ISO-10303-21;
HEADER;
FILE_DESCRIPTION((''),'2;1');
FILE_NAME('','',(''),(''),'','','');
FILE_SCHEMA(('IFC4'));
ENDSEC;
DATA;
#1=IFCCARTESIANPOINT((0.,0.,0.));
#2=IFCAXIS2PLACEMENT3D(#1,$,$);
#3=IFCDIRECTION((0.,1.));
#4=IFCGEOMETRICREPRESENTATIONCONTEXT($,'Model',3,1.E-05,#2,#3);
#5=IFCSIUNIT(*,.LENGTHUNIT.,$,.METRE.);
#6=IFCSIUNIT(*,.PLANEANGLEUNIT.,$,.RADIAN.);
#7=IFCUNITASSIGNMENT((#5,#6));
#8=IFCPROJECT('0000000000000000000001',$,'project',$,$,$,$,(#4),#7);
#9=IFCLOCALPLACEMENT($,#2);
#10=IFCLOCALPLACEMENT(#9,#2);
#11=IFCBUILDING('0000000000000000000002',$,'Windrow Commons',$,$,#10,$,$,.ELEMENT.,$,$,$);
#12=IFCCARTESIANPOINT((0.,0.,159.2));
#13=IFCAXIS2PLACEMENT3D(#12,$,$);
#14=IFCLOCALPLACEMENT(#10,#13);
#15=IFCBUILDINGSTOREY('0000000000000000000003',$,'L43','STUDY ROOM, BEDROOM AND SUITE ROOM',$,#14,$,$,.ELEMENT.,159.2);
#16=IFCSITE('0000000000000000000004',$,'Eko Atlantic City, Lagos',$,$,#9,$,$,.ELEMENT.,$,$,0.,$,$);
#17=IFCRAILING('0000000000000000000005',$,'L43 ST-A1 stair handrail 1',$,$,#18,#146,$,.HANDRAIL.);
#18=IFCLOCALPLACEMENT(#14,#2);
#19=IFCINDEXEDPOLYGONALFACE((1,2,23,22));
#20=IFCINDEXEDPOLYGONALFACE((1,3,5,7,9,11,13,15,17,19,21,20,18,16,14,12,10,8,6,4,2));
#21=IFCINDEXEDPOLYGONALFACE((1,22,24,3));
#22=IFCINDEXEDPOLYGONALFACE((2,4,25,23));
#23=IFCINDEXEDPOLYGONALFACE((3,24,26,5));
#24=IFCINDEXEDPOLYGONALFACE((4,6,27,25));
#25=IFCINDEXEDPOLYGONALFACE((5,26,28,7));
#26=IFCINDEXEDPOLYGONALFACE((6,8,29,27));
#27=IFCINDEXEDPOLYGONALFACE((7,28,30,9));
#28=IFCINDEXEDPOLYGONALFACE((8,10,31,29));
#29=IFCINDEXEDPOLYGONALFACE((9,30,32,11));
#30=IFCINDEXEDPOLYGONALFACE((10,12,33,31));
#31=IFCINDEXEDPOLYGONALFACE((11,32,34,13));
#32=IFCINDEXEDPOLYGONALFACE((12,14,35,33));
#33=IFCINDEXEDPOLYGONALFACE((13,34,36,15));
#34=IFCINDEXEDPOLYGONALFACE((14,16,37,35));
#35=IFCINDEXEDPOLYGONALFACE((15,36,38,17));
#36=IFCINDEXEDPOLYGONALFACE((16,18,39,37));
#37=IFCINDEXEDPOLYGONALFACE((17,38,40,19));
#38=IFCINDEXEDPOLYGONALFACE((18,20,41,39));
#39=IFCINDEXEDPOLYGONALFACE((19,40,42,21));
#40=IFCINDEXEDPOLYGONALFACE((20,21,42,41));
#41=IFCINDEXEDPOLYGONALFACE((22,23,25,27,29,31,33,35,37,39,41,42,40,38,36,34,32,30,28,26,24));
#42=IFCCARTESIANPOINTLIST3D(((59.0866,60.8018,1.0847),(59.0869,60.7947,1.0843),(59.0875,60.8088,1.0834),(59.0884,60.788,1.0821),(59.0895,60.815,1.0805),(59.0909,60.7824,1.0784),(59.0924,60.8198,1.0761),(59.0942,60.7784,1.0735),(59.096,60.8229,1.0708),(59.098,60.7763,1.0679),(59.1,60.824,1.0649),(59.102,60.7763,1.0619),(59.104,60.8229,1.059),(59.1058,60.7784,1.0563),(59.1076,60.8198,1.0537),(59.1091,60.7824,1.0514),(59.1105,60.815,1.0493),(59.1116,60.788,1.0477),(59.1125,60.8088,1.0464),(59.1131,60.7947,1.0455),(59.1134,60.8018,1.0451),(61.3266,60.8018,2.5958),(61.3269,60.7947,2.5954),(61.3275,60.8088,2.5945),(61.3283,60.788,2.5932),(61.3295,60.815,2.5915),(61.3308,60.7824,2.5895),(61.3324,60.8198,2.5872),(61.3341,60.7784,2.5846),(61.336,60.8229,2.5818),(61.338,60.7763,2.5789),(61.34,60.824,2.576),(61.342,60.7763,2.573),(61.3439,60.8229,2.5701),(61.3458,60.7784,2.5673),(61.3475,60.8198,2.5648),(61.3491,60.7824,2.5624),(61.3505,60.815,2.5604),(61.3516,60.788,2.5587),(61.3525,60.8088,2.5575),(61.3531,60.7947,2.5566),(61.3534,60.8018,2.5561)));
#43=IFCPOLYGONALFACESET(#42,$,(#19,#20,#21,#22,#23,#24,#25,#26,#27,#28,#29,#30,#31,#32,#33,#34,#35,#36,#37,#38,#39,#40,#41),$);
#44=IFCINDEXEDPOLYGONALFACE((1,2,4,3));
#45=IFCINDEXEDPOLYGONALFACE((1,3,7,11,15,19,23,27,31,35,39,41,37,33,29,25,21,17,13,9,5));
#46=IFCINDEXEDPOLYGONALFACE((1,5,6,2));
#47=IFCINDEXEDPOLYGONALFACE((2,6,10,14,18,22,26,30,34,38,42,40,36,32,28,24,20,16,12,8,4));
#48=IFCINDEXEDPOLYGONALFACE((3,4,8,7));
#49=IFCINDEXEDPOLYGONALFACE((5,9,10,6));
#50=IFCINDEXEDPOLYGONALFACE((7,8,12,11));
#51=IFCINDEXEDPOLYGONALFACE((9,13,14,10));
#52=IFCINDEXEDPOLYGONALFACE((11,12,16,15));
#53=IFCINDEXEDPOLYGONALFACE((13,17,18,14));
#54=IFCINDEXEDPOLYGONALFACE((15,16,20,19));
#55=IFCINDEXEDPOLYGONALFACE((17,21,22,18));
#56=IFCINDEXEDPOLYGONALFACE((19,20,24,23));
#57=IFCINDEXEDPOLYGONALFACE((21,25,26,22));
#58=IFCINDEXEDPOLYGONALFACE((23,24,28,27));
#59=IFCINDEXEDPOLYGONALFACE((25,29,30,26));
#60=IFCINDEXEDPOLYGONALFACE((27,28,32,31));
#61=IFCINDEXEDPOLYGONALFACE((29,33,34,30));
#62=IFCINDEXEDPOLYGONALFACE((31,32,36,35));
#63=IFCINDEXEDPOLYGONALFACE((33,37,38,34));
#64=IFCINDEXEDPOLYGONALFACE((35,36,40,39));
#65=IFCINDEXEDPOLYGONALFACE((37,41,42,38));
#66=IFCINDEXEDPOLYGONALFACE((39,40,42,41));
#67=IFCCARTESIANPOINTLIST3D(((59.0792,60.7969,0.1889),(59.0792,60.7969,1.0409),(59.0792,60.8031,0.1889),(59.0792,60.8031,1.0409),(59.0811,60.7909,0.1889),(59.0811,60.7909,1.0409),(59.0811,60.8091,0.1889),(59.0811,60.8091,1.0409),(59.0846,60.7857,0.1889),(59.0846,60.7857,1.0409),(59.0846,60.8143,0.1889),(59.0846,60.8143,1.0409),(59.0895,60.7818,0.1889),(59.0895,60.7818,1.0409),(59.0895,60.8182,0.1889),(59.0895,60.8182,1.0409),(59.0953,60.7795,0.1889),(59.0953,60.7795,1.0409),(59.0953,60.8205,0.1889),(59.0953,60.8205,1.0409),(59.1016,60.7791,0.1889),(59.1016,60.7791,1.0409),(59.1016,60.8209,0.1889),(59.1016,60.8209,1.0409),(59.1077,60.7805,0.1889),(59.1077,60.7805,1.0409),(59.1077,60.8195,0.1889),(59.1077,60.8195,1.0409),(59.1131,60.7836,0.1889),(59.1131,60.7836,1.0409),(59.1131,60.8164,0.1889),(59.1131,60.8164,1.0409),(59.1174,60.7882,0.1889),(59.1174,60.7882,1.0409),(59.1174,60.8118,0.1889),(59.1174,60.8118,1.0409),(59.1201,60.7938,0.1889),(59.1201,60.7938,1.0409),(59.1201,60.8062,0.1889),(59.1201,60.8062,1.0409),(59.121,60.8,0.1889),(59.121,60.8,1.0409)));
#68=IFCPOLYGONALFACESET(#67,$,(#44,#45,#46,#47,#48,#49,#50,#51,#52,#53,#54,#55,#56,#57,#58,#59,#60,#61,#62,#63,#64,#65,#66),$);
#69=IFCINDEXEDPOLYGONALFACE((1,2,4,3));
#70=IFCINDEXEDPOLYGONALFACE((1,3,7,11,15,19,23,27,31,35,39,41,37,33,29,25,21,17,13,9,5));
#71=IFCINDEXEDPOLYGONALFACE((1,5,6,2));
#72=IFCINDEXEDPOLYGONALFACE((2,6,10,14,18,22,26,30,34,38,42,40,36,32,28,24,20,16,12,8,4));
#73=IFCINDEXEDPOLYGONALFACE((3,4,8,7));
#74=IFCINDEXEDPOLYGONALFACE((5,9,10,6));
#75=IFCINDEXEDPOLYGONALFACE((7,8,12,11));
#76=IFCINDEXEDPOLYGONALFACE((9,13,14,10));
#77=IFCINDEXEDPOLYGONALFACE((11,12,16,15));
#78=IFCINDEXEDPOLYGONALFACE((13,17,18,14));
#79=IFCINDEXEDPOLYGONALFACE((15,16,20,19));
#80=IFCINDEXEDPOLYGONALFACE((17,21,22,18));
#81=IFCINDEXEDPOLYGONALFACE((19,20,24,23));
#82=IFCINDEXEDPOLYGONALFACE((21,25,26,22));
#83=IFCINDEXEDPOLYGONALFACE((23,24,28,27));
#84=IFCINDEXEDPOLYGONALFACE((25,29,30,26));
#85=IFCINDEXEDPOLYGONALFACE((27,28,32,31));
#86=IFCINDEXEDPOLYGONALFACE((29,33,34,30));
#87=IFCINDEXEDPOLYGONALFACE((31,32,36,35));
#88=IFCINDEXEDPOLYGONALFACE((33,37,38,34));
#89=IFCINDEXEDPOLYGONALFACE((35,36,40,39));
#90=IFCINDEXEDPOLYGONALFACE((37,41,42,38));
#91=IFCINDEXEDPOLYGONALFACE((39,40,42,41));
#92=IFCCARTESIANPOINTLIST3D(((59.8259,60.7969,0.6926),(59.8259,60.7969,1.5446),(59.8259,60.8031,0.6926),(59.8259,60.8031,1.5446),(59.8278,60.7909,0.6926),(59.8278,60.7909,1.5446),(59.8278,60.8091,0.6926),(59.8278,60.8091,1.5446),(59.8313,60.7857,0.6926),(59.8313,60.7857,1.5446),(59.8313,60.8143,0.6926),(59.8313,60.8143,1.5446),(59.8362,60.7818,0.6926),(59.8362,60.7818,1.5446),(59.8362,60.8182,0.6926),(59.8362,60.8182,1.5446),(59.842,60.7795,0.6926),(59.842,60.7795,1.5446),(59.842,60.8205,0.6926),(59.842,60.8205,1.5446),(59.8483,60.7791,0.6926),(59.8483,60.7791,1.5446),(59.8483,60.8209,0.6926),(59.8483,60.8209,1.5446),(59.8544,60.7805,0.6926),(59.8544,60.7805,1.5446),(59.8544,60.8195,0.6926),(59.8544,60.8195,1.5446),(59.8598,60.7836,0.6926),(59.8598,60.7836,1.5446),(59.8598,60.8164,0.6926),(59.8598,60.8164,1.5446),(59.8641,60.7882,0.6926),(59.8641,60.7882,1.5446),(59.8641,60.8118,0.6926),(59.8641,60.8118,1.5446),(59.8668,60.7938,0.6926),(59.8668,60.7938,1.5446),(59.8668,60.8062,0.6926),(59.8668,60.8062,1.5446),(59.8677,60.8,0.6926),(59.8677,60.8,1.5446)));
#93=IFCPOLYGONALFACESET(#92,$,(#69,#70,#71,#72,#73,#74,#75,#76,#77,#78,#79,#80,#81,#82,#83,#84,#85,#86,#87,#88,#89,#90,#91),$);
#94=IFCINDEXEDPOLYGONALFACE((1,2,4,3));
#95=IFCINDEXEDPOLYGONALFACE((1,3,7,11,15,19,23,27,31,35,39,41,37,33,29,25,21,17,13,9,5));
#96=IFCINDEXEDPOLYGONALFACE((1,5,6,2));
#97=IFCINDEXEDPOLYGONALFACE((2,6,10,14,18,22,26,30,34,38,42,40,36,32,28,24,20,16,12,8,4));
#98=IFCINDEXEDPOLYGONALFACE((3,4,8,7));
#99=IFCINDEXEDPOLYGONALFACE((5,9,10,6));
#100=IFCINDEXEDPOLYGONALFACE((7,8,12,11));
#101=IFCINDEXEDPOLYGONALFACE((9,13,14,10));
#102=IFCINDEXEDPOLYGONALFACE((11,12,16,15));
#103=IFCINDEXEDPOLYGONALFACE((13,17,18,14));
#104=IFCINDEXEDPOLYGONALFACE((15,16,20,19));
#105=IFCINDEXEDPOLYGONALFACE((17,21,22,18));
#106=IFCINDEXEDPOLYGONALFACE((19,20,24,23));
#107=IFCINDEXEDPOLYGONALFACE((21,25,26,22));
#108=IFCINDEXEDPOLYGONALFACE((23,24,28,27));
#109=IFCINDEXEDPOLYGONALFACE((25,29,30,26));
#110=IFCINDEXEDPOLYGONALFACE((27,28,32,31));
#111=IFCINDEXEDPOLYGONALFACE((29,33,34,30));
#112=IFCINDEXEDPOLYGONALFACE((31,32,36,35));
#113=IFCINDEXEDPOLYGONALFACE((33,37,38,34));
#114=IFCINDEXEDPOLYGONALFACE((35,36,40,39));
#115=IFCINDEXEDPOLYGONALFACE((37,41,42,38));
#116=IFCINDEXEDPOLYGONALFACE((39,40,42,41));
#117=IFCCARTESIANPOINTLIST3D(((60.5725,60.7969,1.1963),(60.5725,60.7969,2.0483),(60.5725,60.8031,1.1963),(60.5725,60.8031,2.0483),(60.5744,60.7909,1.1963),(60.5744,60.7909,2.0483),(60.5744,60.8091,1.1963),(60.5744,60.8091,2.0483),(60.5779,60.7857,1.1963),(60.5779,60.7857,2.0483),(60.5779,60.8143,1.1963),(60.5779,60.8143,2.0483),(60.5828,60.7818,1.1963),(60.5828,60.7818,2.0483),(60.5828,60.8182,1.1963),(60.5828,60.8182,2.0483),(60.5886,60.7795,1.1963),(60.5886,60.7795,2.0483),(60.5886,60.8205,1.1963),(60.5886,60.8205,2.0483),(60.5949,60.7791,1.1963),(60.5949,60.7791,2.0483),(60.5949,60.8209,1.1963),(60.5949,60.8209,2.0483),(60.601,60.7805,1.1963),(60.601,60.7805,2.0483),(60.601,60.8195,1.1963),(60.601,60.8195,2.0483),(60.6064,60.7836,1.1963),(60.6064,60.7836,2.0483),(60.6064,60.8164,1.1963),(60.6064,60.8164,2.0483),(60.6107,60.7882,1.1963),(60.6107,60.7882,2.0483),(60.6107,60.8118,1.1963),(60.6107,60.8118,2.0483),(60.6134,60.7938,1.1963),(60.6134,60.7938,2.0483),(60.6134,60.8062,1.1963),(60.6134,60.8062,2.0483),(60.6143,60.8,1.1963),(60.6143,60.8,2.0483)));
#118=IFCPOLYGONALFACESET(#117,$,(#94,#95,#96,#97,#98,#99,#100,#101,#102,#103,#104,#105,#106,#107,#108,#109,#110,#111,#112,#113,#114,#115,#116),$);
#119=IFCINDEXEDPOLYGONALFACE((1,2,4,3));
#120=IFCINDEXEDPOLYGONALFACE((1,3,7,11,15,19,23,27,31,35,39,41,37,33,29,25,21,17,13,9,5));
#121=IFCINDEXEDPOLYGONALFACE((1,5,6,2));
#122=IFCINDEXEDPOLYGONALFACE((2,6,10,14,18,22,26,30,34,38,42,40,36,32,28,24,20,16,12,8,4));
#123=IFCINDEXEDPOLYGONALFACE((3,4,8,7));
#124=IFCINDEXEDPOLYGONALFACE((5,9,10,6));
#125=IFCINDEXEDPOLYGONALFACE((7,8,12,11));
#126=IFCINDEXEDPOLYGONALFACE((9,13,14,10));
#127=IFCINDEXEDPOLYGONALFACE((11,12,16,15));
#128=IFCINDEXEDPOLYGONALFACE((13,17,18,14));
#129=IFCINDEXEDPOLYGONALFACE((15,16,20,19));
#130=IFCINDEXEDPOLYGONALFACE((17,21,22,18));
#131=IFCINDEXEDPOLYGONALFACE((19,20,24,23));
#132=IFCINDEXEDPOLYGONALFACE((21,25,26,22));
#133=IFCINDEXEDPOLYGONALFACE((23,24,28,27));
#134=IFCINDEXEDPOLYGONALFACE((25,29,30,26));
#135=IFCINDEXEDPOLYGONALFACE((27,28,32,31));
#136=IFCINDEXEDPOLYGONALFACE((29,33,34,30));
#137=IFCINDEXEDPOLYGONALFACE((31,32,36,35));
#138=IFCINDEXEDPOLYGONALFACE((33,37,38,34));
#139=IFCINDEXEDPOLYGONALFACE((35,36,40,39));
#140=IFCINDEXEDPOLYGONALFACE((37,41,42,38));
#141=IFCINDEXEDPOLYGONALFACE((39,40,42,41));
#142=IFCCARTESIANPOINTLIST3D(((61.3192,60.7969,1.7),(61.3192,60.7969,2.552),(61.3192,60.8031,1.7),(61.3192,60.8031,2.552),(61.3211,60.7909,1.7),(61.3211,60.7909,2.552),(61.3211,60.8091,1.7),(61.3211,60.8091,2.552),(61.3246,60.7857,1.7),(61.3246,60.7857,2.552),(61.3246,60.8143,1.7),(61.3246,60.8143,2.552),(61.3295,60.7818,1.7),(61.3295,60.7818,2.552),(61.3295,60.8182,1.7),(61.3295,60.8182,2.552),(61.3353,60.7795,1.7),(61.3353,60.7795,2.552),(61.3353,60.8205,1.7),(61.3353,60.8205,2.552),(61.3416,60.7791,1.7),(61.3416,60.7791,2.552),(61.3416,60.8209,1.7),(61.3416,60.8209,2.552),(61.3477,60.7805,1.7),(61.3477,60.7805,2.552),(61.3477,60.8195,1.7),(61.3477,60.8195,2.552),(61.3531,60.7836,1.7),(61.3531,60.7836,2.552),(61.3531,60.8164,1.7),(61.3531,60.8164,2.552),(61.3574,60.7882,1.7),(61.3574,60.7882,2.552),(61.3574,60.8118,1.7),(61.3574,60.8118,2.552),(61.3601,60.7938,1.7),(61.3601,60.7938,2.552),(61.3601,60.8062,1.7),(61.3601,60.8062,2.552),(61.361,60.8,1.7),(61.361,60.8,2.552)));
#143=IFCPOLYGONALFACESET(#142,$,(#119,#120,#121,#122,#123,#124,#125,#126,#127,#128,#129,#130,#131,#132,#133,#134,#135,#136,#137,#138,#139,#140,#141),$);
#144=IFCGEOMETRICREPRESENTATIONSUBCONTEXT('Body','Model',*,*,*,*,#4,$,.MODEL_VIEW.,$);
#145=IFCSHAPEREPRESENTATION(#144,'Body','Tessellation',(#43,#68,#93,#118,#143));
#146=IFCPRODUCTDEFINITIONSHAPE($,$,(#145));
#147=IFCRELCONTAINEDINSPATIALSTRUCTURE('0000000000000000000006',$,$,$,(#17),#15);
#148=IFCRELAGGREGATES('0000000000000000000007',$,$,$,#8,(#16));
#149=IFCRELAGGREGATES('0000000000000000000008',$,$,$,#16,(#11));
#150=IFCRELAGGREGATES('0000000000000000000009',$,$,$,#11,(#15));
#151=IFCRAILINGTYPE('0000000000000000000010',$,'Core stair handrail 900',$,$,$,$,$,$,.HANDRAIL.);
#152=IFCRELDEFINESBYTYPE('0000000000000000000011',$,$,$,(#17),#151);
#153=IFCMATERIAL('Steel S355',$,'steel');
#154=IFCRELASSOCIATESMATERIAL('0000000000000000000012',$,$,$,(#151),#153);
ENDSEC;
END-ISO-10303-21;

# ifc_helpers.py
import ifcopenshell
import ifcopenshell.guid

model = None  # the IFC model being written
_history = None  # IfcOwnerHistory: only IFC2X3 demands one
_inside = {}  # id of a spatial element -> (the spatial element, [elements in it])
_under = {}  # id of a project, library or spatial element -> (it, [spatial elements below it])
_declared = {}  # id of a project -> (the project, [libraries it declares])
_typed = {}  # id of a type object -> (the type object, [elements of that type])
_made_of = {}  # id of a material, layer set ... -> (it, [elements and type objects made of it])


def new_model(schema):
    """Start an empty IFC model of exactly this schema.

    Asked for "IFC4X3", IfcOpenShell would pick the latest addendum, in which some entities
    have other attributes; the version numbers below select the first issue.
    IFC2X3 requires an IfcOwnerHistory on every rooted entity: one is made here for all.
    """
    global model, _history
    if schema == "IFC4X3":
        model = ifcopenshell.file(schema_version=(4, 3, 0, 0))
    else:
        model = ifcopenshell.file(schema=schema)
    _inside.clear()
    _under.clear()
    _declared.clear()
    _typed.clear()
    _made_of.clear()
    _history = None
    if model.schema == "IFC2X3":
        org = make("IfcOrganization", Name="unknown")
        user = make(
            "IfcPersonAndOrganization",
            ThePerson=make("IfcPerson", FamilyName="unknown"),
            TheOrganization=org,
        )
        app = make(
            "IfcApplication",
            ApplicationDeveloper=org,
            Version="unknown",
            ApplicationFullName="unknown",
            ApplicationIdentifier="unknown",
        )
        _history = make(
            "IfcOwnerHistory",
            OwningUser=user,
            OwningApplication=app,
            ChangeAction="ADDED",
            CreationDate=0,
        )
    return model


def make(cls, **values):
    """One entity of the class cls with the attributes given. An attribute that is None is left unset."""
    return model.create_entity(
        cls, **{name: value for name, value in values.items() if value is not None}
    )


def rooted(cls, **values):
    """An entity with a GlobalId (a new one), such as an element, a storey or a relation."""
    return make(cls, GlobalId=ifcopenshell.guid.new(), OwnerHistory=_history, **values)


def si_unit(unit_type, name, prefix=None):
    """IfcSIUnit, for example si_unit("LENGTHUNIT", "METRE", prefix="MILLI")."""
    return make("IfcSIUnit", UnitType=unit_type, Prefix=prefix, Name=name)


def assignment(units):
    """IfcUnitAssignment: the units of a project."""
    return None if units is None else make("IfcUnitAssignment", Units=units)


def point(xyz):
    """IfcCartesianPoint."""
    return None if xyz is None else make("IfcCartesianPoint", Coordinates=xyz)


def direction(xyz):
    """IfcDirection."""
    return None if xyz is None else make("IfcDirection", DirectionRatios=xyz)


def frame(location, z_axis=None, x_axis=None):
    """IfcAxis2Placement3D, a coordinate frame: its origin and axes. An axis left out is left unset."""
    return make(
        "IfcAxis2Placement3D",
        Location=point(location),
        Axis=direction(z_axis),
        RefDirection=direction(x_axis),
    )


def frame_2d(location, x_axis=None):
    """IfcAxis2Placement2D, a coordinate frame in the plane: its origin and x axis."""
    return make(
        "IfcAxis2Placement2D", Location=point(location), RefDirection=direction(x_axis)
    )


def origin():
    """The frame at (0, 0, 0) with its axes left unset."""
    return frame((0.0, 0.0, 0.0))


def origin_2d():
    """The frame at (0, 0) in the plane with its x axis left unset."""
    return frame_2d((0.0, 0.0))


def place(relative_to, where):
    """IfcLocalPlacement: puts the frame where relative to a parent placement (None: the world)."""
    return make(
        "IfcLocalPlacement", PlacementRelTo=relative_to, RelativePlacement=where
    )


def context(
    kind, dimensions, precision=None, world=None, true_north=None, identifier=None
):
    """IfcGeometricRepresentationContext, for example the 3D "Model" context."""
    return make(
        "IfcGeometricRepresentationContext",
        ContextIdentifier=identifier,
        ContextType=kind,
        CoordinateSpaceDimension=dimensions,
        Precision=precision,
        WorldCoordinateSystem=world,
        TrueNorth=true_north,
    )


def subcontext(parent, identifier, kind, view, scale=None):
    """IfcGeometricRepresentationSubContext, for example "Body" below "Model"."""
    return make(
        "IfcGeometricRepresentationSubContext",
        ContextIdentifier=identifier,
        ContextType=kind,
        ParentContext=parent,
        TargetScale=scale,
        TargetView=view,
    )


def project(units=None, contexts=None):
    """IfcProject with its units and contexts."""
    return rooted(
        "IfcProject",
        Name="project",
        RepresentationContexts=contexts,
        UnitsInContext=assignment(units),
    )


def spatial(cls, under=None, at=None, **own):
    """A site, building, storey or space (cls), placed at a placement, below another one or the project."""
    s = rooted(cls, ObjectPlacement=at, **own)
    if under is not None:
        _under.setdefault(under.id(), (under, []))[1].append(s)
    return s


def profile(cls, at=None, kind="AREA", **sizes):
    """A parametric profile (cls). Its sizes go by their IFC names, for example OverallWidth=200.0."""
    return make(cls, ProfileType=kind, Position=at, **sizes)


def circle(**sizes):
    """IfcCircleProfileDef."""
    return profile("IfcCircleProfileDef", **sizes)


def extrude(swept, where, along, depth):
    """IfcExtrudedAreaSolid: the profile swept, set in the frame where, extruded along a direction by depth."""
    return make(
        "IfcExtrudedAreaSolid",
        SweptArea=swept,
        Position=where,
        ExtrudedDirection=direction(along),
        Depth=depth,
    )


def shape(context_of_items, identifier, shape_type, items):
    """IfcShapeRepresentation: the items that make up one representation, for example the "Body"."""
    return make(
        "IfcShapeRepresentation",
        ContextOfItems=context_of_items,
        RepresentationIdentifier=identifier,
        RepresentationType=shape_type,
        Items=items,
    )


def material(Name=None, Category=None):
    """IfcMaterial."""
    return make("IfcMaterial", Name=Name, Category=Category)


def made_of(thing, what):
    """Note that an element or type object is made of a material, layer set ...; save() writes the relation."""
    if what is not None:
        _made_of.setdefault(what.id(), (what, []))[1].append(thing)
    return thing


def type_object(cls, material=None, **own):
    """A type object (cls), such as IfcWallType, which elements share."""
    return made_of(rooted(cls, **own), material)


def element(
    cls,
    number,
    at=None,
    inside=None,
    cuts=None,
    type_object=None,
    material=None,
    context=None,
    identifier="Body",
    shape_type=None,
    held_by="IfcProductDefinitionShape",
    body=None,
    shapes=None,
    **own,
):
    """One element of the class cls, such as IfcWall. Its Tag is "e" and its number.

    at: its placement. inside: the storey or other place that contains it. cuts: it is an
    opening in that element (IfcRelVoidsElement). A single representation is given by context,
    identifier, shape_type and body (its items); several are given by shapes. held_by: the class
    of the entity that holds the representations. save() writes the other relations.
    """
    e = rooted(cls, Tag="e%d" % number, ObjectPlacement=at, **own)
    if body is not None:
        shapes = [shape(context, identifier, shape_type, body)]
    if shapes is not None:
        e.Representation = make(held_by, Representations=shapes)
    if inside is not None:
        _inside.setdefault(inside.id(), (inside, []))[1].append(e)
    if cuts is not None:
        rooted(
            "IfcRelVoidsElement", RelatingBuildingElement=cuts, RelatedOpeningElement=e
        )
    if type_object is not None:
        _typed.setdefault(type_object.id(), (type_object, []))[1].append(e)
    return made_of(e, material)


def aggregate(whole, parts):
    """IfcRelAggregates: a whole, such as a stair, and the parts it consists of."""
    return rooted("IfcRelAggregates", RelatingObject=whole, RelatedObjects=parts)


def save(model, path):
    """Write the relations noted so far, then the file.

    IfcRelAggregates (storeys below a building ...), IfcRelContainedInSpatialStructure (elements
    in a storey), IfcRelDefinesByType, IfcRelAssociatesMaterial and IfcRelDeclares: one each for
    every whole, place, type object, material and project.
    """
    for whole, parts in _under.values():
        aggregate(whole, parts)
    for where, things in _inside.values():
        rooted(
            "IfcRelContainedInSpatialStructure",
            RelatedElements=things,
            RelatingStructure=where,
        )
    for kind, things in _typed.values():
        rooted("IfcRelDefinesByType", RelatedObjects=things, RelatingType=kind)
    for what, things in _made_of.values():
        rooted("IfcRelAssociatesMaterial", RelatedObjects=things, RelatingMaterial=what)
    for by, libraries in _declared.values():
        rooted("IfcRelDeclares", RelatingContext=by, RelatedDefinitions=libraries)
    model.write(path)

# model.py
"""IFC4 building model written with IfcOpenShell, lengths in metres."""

from ifc_helpers import new_model, si_unit, direction, frame, origin, origin_2d, place, context, subcontext, project, spatial, circle, extrude, material, type_object, element, save


model = new_model("IFC4")

# Units and contexts
model_context = context("Model", 3, precision=1e-05, world=origin(), true_north=direction((0.0, 1.0)))
body_context = subcontext(model_context, "Body", "Model", "MODEL_VIEW")
ifc_project = project(units=[si_unit("LENGTHUNIT", "METRE"), si_unit("PLANEANGLEUNIT", "RADIAN")], contexts=[model_context])

# Site, building, storey
site_placement = place(None, origin())
site = spatial("IfcSite", under=ifc_project, at=site_placement, Name="Eko Atlantic City, Lagos", CompositionType="ELEMENT", RefElevation=0.0)
building_placement = place(site_placement, origin())
building = spatial("IfcBuilding", under=site, at=building_placement, Name="Windrow Commons", CompositionType="ELEMENT")
storey_placement = place(building_placement, frame((0.0, 0.0, 159.2)))
storey = spatial("IfcBuildingStorey", under=building, at=storey_placement, Name="L43", Description="STUDY ROOM, BEDROOM AND SUITE ROOM", CompositionType="ELEMENT", Elevation=159.2)

# Railing
ifc_material_1 = material(Name="Steel S355", Category="steel")
railing_type = type_object("IfcRailingType", Name="Core stair handrail 900", PredefinedType="HANDRAIL", material=ifc_material_1)
railing_placement = place(storey_placement, frame((59.1, 60.8, 0.1889)))
element("IfcRailing", 1, at=railing_placement, inside=storey, type_object=railing_type, Name="L43 ST-A1 stair handrail 1", PredefinedType="HANDRAIL", context=body_context, shape_type="SweptSolid", body=[
    extrude(circle(Radius=0.024, at=origin_2d()), frame((0.0, 0.0, 0.876), z_axis=(0.829003, 0.0, 0.559244), x_axis=(0.0, 1.0, 0.0)), (0.0, 0.0, 1.0), 2.702),
    extrude(circle(Radius=0.021, at=origin_2d()), origin(), (0.0, 0.0, 1.0), 0.852),
    extrude(circle(Radius=0.021, at=origin_2d()), frame((0.7467, 0.0, 0.5037)), (0.0, 0.0, 1.0), 0.852),
    extrude(circle(Radius=0.021, at=origin_2d()), frame((1.4933, 0.0, 1.0074)), (0.0, 0.0, 1.0), 0.852),
    extrude(circle(Radius=0.021, at=origin_2d()), frame((2.24, 0.0, 1.5111)), (0.0, 0.0, 1.0), 0.852),
])

save(model, "model.ifc")
